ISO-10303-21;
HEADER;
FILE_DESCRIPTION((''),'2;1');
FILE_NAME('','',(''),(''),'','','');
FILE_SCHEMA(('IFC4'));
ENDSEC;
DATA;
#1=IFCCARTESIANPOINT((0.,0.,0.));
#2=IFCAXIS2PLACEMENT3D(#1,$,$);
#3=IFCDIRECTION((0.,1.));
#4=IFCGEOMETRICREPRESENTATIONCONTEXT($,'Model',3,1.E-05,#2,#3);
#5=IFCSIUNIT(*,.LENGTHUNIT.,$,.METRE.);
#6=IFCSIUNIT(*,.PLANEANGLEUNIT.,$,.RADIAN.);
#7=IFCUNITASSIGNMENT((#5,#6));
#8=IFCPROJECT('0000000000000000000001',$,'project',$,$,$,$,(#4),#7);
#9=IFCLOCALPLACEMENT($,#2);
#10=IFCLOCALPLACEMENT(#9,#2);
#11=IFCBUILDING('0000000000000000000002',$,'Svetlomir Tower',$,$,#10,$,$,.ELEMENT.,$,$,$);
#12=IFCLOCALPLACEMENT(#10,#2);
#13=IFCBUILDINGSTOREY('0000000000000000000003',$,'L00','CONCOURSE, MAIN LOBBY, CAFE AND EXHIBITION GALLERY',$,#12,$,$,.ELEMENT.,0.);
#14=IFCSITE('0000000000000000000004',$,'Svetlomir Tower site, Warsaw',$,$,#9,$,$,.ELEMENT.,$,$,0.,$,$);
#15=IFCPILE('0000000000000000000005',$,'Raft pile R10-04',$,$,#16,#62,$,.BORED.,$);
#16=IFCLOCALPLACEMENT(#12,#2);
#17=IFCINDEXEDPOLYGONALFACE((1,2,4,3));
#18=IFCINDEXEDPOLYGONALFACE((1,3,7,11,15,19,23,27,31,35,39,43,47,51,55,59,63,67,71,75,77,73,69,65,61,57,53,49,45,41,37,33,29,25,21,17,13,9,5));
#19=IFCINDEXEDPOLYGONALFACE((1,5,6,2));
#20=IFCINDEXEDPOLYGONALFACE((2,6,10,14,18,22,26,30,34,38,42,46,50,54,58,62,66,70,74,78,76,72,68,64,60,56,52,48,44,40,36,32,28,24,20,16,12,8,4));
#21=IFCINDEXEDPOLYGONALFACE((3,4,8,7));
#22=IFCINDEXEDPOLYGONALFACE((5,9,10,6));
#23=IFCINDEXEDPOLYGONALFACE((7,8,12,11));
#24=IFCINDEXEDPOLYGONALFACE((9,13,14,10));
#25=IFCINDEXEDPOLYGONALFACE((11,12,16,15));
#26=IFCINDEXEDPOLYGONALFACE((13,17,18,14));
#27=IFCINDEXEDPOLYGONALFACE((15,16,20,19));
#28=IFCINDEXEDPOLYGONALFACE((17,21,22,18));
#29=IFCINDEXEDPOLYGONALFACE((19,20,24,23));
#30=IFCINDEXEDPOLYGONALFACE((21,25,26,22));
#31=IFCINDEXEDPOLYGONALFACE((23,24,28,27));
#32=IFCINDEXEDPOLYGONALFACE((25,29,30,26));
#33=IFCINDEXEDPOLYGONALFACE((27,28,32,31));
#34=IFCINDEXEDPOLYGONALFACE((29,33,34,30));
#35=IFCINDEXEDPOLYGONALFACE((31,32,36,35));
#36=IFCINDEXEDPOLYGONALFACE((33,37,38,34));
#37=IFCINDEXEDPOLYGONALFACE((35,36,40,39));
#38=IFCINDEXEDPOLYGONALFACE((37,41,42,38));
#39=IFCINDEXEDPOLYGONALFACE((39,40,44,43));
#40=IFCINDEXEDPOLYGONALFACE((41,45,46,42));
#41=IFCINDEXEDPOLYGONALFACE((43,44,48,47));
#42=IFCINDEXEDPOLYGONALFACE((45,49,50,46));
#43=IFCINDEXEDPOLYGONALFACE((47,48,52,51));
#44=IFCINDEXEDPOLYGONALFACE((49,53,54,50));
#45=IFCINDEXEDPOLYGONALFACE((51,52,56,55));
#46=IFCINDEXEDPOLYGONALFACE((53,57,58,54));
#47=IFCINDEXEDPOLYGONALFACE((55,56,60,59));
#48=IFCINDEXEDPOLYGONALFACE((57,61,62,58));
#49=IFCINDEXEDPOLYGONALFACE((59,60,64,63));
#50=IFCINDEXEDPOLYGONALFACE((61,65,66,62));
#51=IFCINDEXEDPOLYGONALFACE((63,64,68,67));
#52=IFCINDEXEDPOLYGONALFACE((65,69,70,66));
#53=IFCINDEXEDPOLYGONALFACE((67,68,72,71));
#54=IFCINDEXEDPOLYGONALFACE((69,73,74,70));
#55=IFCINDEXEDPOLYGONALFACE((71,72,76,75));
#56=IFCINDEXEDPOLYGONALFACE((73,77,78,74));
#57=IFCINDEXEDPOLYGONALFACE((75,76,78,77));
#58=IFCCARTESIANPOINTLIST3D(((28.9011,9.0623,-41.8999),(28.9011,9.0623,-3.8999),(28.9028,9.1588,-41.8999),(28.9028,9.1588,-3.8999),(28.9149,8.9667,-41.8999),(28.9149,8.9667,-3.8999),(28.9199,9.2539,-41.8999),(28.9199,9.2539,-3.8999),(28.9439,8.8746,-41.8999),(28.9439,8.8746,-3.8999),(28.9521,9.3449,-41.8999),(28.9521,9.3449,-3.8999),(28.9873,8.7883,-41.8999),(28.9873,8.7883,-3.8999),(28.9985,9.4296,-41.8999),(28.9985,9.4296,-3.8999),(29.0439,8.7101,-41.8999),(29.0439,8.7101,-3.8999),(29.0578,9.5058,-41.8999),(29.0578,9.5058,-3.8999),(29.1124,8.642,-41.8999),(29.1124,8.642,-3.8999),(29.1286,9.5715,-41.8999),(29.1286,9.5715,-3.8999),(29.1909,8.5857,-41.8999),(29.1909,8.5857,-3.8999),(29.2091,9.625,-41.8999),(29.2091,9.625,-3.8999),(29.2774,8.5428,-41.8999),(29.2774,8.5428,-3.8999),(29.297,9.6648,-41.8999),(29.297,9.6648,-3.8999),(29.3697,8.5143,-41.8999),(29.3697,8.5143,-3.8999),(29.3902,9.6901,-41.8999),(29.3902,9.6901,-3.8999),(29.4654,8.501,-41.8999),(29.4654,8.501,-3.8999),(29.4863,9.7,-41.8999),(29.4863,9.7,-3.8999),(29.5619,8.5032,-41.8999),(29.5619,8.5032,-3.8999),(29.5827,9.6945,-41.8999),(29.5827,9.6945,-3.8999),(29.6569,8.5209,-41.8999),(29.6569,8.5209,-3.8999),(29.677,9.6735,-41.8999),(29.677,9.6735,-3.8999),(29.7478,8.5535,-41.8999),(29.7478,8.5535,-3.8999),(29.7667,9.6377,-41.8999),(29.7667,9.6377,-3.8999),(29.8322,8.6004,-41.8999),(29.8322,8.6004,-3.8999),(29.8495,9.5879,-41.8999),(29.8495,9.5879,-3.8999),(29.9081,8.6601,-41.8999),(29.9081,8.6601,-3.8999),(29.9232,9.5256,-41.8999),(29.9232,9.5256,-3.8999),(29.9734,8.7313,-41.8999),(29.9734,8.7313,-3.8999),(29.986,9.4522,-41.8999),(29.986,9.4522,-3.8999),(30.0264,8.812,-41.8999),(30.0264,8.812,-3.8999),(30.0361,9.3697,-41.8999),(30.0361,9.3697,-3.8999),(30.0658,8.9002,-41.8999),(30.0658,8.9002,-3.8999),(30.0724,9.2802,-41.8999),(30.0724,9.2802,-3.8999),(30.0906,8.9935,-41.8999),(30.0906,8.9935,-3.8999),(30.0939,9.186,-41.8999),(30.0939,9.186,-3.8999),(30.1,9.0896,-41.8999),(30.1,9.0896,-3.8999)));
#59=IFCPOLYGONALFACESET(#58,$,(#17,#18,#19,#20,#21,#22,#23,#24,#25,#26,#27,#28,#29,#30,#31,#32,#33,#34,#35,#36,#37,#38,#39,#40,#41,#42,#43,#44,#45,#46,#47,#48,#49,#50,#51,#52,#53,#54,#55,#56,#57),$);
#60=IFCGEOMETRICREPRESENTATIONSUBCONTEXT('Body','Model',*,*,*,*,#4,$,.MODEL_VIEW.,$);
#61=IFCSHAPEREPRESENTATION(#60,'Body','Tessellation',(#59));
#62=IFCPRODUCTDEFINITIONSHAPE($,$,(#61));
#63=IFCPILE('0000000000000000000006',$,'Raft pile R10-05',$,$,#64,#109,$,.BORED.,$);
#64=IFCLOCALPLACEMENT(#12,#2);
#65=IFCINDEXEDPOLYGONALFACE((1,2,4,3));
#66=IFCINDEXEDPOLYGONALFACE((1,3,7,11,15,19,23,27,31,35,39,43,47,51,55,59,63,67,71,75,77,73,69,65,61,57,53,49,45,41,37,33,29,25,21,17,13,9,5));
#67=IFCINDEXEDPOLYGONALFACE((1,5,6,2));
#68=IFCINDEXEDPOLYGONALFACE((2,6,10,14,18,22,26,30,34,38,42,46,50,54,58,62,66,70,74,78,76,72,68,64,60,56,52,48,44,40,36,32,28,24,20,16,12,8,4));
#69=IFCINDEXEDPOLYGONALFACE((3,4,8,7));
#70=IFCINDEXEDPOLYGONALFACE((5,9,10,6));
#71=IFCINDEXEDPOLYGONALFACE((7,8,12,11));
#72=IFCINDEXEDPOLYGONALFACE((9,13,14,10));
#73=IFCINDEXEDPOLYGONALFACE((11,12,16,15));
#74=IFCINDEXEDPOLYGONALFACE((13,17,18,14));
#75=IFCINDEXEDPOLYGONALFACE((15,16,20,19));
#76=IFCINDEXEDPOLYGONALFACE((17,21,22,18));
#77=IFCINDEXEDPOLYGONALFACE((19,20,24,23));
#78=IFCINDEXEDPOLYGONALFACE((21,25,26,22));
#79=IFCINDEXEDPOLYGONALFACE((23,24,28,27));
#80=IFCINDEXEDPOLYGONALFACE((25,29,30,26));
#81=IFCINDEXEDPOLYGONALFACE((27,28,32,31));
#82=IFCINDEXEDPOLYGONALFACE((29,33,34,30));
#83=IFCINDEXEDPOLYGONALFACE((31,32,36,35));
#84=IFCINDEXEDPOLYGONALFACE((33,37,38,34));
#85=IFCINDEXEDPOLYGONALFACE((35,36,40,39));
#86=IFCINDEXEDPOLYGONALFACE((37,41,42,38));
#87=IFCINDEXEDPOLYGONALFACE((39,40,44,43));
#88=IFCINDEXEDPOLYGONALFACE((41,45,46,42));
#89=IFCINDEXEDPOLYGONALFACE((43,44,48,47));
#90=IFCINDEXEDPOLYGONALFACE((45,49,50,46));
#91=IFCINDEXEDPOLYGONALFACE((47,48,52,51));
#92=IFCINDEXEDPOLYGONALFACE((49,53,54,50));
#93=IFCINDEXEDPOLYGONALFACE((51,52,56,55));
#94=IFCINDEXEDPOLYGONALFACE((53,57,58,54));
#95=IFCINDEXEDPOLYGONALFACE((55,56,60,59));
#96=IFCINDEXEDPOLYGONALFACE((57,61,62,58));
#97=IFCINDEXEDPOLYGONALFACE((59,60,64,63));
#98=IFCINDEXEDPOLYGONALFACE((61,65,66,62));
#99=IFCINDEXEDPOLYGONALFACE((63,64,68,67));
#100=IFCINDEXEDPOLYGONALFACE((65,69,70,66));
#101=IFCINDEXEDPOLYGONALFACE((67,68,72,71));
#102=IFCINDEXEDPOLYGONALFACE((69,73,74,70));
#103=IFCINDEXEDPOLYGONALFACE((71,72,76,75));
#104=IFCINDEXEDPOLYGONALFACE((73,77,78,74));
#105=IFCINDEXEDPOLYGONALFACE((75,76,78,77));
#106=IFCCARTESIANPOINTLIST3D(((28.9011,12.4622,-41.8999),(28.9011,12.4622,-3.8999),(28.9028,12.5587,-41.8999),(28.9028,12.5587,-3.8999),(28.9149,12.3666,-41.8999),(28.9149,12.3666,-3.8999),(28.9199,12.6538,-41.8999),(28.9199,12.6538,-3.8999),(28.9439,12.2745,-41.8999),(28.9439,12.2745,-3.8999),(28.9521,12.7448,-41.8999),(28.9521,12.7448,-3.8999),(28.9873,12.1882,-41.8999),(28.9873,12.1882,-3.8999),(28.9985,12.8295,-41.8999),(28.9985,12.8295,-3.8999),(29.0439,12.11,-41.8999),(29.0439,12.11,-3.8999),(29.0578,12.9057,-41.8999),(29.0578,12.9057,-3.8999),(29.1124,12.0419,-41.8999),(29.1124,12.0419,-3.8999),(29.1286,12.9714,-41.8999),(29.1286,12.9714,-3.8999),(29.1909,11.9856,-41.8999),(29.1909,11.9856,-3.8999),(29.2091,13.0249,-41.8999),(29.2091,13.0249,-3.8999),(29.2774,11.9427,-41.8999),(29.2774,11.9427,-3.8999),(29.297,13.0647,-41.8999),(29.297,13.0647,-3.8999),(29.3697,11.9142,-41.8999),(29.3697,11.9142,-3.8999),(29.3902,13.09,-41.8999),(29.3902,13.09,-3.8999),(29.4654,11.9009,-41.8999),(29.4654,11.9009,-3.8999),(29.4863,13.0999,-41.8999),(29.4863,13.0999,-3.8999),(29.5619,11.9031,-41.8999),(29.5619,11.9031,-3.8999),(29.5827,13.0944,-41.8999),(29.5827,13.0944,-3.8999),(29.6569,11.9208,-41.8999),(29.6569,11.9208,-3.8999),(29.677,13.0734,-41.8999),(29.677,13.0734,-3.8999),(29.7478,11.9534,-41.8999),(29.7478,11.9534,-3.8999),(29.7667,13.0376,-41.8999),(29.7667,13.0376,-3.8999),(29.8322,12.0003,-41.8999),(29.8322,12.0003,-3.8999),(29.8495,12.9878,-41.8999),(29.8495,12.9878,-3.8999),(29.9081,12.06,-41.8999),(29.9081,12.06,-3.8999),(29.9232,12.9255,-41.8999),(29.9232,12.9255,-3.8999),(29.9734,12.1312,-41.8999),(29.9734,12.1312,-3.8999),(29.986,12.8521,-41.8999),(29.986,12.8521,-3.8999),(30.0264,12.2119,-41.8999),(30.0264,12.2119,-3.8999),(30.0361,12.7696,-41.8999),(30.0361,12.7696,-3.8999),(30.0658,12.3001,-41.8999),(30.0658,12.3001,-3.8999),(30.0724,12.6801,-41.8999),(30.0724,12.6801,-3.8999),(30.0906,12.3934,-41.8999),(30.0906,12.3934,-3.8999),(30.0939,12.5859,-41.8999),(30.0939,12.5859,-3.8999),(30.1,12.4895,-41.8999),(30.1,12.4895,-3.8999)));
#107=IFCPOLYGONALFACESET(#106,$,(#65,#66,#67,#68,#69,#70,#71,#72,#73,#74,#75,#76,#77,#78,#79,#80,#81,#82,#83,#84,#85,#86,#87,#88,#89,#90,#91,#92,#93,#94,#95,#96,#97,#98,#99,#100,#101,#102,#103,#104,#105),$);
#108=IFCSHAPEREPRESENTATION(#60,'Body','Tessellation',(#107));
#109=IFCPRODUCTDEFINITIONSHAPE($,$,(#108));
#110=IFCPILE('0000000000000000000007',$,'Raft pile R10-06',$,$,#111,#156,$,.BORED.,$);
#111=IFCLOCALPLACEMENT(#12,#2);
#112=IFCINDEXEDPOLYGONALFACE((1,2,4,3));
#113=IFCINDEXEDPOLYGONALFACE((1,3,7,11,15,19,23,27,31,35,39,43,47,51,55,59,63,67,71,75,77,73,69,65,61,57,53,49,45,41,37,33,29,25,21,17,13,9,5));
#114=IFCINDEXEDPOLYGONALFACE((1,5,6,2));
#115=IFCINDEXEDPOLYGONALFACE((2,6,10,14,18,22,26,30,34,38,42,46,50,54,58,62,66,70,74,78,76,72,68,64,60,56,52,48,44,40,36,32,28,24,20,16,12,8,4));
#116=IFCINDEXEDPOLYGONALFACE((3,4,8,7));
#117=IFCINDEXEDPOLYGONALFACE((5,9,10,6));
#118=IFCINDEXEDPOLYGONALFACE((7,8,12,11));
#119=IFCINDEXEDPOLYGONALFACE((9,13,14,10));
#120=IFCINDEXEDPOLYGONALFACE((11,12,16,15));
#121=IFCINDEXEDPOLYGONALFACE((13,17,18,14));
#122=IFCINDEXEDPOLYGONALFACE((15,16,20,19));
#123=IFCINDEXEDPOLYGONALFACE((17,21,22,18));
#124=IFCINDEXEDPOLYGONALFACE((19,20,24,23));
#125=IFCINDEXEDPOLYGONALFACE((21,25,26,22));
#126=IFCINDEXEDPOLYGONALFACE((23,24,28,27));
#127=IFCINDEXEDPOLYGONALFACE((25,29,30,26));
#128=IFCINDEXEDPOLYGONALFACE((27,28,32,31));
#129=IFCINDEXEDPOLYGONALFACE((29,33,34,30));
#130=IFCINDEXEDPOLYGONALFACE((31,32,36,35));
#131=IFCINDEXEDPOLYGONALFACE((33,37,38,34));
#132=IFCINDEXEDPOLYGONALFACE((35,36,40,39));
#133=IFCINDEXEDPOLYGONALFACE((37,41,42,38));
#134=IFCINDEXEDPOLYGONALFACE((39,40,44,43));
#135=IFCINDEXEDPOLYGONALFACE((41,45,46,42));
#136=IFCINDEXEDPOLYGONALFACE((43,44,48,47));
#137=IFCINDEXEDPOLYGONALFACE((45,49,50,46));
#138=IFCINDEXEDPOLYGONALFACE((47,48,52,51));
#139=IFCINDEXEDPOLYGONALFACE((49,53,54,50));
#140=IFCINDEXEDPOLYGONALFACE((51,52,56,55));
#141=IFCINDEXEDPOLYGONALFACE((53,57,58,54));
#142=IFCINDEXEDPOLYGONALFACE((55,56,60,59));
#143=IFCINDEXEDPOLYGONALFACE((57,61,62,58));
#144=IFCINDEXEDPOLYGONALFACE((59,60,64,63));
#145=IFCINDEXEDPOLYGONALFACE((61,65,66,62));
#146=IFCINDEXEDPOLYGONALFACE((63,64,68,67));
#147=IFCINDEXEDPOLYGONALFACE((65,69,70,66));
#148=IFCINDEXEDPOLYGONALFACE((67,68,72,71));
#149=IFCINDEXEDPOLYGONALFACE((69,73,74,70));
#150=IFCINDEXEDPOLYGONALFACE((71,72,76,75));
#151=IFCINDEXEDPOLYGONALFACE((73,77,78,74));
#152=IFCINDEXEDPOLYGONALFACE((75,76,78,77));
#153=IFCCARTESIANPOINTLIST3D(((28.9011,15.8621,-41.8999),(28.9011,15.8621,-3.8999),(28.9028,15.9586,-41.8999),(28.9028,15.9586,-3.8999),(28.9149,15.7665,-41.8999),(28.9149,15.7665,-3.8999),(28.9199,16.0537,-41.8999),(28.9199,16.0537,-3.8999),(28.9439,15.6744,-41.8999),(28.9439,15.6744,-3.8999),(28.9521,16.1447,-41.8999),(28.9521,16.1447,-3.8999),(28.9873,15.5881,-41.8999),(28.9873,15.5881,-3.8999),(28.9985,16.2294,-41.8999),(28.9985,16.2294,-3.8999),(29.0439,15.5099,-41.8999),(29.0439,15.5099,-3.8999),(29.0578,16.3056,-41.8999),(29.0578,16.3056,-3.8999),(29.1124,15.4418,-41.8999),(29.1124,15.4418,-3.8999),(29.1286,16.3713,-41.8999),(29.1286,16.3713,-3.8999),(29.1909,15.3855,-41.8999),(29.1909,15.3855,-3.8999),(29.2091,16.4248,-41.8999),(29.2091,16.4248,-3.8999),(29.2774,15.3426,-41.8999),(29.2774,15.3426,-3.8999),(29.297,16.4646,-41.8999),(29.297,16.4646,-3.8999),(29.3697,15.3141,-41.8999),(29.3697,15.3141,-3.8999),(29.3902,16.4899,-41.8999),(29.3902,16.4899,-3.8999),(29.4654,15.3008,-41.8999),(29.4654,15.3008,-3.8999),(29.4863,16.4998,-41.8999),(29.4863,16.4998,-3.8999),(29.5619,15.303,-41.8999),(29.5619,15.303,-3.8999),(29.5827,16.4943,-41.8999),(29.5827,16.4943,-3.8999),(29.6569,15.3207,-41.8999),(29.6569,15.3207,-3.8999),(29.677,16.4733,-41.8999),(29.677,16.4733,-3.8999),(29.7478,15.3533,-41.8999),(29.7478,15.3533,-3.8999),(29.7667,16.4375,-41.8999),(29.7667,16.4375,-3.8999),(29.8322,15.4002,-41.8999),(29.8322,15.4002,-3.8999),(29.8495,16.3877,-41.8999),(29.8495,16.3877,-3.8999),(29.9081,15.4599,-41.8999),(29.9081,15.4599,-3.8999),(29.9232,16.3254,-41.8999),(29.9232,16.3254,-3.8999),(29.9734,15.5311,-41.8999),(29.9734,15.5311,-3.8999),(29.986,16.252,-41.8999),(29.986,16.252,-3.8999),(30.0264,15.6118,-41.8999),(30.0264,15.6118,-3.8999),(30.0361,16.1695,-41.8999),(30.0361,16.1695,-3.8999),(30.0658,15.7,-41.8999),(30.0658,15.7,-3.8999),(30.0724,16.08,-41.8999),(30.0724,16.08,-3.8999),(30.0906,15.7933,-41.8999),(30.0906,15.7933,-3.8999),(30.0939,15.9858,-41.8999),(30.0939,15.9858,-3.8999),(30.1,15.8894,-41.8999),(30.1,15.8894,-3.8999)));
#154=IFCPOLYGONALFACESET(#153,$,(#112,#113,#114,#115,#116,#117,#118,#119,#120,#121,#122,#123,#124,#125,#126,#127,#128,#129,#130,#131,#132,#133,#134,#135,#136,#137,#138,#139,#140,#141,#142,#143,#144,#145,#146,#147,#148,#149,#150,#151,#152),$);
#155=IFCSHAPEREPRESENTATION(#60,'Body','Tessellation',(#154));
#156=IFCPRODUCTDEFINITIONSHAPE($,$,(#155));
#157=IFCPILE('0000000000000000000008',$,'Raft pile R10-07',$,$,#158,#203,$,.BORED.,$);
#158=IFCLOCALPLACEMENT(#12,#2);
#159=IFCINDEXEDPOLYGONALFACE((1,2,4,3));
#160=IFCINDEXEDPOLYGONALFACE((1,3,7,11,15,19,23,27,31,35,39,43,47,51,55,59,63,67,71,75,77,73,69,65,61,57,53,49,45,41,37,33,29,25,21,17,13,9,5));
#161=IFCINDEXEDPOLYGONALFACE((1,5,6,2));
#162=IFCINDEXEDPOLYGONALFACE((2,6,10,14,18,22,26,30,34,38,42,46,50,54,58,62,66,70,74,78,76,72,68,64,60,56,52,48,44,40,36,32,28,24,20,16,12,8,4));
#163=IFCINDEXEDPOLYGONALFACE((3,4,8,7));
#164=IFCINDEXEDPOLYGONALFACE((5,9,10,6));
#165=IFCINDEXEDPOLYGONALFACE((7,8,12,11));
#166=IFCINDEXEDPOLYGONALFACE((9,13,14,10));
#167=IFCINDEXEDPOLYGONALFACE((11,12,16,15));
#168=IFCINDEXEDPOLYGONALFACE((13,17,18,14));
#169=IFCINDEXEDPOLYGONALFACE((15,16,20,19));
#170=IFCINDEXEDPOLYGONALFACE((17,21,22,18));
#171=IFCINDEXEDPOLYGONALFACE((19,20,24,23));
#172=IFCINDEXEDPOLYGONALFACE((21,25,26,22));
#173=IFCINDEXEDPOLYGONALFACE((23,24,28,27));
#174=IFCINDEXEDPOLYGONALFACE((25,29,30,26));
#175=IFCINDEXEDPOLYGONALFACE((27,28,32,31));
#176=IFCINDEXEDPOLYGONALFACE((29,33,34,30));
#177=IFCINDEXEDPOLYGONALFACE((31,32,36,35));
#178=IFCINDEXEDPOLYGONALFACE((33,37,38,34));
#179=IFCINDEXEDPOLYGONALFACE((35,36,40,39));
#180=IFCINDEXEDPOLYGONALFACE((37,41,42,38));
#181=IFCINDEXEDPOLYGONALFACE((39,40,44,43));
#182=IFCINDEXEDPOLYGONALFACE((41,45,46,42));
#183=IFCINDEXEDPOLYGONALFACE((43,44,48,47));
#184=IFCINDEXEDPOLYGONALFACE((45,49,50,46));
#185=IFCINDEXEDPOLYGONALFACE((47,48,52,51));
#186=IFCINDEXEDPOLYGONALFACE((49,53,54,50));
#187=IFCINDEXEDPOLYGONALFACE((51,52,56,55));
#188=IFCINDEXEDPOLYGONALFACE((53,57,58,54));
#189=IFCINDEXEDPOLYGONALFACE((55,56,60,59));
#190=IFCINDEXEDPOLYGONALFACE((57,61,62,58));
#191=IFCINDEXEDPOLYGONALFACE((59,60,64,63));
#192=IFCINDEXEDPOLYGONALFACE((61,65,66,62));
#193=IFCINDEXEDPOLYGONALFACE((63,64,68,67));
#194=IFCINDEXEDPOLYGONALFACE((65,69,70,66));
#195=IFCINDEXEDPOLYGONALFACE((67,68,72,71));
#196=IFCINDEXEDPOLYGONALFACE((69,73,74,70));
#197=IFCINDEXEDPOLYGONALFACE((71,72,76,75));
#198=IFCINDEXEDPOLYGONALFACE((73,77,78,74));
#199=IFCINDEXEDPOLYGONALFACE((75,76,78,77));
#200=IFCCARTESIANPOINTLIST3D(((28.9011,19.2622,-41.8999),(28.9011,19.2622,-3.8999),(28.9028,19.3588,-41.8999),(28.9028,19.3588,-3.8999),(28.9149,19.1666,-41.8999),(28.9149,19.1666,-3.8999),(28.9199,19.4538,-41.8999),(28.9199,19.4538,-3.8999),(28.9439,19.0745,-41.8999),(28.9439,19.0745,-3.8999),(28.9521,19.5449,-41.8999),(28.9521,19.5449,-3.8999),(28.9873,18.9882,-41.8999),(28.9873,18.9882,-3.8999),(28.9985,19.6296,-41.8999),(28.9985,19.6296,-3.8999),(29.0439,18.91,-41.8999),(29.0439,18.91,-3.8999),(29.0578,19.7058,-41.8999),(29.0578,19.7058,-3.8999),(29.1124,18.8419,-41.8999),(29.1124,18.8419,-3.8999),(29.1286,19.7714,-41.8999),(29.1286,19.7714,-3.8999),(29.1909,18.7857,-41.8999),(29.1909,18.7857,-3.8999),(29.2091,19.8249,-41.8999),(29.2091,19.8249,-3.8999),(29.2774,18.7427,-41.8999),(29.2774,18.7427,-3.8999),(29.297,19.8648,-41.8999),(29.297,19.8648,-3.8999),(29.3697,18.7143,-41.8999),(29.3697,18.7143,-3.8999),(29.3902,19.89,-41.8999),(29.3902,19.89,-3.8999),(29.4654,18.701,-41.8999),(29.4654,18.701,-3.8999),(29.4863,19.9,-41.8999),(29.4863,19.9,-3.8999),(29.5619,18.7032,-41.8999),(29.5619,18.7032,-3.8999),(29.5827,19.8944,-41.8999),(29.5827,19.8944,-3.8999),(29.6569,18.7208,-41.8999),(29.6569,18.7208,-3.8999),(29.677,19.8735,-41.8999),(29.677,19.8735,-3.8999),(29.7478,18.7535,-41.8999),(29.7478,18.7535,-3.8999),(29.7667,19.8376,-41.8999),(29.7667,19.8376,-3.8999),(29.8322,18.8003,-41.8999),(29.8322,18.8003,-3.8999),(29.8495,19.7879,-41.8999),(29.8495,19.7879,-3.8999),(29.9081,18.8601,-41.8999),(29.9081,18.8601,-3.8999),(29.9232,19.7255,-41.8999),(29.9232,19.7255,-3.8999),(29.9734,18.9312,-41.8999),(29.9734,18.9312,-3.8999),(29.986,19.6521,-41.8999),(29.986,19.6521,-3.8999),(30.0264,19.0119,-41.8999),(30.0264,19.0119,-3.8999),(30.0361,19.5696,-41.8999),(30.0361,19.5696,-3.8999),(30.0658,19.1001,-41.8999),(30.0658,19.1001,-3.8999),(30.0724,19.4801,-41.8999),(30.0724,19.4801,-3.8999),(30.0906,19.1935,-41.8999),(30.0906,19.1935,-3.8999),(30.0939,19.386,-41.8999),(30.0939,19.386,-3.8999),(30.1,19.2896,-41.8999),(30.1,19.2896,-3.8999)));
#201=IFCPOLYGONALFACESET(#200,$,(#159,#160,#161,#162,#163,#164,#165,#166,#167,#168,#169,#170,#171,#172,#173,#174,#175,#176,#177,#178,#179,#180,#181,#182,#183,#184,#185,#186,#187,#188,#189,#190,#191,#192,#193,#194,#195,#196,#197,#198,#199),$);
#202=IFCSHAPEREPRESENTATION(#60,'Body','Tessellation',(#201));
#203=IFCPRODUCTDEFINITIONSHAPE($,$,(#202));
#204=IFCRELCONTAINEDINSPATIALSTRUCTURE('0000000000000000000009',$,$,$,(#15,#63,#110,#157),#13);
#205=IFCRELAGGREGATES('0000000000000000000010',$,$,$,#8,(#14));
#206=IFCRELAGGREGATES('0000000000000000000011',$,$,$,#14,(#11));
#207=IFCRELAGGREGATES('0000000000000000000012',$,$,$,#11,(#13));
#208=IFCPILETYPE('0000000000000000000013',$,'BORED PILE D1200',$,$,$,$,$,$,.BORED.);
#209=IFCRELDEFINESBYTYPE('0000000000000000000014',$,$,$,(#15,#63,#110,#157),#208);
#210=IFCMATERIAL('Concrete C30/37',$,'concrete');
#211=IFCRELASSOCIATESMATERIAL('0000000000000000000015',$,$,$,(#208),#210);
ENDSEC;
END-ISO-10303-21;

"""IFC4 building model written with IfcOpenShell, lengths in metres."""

from ifc_helpers import new_model, si_unit, direction, frame, frame_2d, origin, origin_2d, place, context, subcontext, project, spatial, circle, extrude, material, material_profile, profile_set, type_object, element, save


model = new_model("IFC4")

# Units and contexts
model_context = context("Model", 3, precision=1e-05, world=origin(), true_north=direction((0.0, 1.0)))
body_context = subcontext(model_context, "Body", "Model", "MODEL_VIEW")
ifc_project = project(units=[si_unit("LENGTHUNIT", "METRE"), si_unit("PLANEANGLEUNIT", "RADIAN")], contexts=[model_context])

# Site, building, storey
site_placement = place(None, origin())
site = spatial("IfcSite", under=ifc_project, at=site_placement, Name="Svetlomir Tower site, Warsaw", CompositionType="ELEMENT", RefElevation=0.0)
building_placement = place(site_placement, origin())
building = spatial("IfcBuilding", under=site, at=building_placement, Name="Svetlomir Tower", CompositionType="ELEMENT")
storey_placement = place(building_placement, origin())
storey = spatial("IfcBuildingStorey", under=building, at=storey_placement, Name="L00", Description="CONCOURSE, MAIN LOBBY, CAFE AND EXHIBITION GALLERY", CompositionType="ELEMENT", Elevation=0.0)

# Piles
ifc_material_1 = material(Name="Concrete C30/37", Category="concrete")
ifc_material_profile = material_profile(ifc_material_1, circle(Radius=0.6001, at=origin_2d()), Name="D1200")
ifc_profile_set = profile_set([ifc_material_profile], Name="Concrete C30/37")
pile_type = type_object("IfcPileType", Name="BORED PILE D1200", PredefinedType="BORED", material=ifc_profile_set)
for number, where, z_axis, x_axis, name in (
    (1, (29.5, 9.1001, -3.8999), (0.0, 0.0, -1.0), (1.0, 0.0, 0.0), "Raft pile R10-04"),
    (2, (29.5, 12.5, -3.8999), (0.0, 0.0, -1.0), (1.0, 0.0, 0.0), "Raft pile R10-05"),
    (3, (29.5, 15.8999, -3.8999), (0.0, 0.0, -1.0), (1.0, 0.0, 0.0), "Raft pile R10-06"),
    (4, (29.5, 19.3, -3.8999), (0.0, 0.0, -1.0), (1.0, 0.0, 0.0), "Raft pile R10-07"),
):
    element("IfcPile", number, at=place(storey_placement, frame(where, z_axis=z_axis, x_axis=x_axis)), inside=storey, type_object=pile_type, Name=name, PredefinedType="BORED", context=body_context, shape_type="SweptSolid", body=[
        extrude(circle(Radius=0.6001, at=frame_2d((0.0, 0.0), x_axis=(0.999848, 0.017452))), origin(), (0.0, 0.0, 1.0), 38.0),
    ])

save(model, "model.ifc")
